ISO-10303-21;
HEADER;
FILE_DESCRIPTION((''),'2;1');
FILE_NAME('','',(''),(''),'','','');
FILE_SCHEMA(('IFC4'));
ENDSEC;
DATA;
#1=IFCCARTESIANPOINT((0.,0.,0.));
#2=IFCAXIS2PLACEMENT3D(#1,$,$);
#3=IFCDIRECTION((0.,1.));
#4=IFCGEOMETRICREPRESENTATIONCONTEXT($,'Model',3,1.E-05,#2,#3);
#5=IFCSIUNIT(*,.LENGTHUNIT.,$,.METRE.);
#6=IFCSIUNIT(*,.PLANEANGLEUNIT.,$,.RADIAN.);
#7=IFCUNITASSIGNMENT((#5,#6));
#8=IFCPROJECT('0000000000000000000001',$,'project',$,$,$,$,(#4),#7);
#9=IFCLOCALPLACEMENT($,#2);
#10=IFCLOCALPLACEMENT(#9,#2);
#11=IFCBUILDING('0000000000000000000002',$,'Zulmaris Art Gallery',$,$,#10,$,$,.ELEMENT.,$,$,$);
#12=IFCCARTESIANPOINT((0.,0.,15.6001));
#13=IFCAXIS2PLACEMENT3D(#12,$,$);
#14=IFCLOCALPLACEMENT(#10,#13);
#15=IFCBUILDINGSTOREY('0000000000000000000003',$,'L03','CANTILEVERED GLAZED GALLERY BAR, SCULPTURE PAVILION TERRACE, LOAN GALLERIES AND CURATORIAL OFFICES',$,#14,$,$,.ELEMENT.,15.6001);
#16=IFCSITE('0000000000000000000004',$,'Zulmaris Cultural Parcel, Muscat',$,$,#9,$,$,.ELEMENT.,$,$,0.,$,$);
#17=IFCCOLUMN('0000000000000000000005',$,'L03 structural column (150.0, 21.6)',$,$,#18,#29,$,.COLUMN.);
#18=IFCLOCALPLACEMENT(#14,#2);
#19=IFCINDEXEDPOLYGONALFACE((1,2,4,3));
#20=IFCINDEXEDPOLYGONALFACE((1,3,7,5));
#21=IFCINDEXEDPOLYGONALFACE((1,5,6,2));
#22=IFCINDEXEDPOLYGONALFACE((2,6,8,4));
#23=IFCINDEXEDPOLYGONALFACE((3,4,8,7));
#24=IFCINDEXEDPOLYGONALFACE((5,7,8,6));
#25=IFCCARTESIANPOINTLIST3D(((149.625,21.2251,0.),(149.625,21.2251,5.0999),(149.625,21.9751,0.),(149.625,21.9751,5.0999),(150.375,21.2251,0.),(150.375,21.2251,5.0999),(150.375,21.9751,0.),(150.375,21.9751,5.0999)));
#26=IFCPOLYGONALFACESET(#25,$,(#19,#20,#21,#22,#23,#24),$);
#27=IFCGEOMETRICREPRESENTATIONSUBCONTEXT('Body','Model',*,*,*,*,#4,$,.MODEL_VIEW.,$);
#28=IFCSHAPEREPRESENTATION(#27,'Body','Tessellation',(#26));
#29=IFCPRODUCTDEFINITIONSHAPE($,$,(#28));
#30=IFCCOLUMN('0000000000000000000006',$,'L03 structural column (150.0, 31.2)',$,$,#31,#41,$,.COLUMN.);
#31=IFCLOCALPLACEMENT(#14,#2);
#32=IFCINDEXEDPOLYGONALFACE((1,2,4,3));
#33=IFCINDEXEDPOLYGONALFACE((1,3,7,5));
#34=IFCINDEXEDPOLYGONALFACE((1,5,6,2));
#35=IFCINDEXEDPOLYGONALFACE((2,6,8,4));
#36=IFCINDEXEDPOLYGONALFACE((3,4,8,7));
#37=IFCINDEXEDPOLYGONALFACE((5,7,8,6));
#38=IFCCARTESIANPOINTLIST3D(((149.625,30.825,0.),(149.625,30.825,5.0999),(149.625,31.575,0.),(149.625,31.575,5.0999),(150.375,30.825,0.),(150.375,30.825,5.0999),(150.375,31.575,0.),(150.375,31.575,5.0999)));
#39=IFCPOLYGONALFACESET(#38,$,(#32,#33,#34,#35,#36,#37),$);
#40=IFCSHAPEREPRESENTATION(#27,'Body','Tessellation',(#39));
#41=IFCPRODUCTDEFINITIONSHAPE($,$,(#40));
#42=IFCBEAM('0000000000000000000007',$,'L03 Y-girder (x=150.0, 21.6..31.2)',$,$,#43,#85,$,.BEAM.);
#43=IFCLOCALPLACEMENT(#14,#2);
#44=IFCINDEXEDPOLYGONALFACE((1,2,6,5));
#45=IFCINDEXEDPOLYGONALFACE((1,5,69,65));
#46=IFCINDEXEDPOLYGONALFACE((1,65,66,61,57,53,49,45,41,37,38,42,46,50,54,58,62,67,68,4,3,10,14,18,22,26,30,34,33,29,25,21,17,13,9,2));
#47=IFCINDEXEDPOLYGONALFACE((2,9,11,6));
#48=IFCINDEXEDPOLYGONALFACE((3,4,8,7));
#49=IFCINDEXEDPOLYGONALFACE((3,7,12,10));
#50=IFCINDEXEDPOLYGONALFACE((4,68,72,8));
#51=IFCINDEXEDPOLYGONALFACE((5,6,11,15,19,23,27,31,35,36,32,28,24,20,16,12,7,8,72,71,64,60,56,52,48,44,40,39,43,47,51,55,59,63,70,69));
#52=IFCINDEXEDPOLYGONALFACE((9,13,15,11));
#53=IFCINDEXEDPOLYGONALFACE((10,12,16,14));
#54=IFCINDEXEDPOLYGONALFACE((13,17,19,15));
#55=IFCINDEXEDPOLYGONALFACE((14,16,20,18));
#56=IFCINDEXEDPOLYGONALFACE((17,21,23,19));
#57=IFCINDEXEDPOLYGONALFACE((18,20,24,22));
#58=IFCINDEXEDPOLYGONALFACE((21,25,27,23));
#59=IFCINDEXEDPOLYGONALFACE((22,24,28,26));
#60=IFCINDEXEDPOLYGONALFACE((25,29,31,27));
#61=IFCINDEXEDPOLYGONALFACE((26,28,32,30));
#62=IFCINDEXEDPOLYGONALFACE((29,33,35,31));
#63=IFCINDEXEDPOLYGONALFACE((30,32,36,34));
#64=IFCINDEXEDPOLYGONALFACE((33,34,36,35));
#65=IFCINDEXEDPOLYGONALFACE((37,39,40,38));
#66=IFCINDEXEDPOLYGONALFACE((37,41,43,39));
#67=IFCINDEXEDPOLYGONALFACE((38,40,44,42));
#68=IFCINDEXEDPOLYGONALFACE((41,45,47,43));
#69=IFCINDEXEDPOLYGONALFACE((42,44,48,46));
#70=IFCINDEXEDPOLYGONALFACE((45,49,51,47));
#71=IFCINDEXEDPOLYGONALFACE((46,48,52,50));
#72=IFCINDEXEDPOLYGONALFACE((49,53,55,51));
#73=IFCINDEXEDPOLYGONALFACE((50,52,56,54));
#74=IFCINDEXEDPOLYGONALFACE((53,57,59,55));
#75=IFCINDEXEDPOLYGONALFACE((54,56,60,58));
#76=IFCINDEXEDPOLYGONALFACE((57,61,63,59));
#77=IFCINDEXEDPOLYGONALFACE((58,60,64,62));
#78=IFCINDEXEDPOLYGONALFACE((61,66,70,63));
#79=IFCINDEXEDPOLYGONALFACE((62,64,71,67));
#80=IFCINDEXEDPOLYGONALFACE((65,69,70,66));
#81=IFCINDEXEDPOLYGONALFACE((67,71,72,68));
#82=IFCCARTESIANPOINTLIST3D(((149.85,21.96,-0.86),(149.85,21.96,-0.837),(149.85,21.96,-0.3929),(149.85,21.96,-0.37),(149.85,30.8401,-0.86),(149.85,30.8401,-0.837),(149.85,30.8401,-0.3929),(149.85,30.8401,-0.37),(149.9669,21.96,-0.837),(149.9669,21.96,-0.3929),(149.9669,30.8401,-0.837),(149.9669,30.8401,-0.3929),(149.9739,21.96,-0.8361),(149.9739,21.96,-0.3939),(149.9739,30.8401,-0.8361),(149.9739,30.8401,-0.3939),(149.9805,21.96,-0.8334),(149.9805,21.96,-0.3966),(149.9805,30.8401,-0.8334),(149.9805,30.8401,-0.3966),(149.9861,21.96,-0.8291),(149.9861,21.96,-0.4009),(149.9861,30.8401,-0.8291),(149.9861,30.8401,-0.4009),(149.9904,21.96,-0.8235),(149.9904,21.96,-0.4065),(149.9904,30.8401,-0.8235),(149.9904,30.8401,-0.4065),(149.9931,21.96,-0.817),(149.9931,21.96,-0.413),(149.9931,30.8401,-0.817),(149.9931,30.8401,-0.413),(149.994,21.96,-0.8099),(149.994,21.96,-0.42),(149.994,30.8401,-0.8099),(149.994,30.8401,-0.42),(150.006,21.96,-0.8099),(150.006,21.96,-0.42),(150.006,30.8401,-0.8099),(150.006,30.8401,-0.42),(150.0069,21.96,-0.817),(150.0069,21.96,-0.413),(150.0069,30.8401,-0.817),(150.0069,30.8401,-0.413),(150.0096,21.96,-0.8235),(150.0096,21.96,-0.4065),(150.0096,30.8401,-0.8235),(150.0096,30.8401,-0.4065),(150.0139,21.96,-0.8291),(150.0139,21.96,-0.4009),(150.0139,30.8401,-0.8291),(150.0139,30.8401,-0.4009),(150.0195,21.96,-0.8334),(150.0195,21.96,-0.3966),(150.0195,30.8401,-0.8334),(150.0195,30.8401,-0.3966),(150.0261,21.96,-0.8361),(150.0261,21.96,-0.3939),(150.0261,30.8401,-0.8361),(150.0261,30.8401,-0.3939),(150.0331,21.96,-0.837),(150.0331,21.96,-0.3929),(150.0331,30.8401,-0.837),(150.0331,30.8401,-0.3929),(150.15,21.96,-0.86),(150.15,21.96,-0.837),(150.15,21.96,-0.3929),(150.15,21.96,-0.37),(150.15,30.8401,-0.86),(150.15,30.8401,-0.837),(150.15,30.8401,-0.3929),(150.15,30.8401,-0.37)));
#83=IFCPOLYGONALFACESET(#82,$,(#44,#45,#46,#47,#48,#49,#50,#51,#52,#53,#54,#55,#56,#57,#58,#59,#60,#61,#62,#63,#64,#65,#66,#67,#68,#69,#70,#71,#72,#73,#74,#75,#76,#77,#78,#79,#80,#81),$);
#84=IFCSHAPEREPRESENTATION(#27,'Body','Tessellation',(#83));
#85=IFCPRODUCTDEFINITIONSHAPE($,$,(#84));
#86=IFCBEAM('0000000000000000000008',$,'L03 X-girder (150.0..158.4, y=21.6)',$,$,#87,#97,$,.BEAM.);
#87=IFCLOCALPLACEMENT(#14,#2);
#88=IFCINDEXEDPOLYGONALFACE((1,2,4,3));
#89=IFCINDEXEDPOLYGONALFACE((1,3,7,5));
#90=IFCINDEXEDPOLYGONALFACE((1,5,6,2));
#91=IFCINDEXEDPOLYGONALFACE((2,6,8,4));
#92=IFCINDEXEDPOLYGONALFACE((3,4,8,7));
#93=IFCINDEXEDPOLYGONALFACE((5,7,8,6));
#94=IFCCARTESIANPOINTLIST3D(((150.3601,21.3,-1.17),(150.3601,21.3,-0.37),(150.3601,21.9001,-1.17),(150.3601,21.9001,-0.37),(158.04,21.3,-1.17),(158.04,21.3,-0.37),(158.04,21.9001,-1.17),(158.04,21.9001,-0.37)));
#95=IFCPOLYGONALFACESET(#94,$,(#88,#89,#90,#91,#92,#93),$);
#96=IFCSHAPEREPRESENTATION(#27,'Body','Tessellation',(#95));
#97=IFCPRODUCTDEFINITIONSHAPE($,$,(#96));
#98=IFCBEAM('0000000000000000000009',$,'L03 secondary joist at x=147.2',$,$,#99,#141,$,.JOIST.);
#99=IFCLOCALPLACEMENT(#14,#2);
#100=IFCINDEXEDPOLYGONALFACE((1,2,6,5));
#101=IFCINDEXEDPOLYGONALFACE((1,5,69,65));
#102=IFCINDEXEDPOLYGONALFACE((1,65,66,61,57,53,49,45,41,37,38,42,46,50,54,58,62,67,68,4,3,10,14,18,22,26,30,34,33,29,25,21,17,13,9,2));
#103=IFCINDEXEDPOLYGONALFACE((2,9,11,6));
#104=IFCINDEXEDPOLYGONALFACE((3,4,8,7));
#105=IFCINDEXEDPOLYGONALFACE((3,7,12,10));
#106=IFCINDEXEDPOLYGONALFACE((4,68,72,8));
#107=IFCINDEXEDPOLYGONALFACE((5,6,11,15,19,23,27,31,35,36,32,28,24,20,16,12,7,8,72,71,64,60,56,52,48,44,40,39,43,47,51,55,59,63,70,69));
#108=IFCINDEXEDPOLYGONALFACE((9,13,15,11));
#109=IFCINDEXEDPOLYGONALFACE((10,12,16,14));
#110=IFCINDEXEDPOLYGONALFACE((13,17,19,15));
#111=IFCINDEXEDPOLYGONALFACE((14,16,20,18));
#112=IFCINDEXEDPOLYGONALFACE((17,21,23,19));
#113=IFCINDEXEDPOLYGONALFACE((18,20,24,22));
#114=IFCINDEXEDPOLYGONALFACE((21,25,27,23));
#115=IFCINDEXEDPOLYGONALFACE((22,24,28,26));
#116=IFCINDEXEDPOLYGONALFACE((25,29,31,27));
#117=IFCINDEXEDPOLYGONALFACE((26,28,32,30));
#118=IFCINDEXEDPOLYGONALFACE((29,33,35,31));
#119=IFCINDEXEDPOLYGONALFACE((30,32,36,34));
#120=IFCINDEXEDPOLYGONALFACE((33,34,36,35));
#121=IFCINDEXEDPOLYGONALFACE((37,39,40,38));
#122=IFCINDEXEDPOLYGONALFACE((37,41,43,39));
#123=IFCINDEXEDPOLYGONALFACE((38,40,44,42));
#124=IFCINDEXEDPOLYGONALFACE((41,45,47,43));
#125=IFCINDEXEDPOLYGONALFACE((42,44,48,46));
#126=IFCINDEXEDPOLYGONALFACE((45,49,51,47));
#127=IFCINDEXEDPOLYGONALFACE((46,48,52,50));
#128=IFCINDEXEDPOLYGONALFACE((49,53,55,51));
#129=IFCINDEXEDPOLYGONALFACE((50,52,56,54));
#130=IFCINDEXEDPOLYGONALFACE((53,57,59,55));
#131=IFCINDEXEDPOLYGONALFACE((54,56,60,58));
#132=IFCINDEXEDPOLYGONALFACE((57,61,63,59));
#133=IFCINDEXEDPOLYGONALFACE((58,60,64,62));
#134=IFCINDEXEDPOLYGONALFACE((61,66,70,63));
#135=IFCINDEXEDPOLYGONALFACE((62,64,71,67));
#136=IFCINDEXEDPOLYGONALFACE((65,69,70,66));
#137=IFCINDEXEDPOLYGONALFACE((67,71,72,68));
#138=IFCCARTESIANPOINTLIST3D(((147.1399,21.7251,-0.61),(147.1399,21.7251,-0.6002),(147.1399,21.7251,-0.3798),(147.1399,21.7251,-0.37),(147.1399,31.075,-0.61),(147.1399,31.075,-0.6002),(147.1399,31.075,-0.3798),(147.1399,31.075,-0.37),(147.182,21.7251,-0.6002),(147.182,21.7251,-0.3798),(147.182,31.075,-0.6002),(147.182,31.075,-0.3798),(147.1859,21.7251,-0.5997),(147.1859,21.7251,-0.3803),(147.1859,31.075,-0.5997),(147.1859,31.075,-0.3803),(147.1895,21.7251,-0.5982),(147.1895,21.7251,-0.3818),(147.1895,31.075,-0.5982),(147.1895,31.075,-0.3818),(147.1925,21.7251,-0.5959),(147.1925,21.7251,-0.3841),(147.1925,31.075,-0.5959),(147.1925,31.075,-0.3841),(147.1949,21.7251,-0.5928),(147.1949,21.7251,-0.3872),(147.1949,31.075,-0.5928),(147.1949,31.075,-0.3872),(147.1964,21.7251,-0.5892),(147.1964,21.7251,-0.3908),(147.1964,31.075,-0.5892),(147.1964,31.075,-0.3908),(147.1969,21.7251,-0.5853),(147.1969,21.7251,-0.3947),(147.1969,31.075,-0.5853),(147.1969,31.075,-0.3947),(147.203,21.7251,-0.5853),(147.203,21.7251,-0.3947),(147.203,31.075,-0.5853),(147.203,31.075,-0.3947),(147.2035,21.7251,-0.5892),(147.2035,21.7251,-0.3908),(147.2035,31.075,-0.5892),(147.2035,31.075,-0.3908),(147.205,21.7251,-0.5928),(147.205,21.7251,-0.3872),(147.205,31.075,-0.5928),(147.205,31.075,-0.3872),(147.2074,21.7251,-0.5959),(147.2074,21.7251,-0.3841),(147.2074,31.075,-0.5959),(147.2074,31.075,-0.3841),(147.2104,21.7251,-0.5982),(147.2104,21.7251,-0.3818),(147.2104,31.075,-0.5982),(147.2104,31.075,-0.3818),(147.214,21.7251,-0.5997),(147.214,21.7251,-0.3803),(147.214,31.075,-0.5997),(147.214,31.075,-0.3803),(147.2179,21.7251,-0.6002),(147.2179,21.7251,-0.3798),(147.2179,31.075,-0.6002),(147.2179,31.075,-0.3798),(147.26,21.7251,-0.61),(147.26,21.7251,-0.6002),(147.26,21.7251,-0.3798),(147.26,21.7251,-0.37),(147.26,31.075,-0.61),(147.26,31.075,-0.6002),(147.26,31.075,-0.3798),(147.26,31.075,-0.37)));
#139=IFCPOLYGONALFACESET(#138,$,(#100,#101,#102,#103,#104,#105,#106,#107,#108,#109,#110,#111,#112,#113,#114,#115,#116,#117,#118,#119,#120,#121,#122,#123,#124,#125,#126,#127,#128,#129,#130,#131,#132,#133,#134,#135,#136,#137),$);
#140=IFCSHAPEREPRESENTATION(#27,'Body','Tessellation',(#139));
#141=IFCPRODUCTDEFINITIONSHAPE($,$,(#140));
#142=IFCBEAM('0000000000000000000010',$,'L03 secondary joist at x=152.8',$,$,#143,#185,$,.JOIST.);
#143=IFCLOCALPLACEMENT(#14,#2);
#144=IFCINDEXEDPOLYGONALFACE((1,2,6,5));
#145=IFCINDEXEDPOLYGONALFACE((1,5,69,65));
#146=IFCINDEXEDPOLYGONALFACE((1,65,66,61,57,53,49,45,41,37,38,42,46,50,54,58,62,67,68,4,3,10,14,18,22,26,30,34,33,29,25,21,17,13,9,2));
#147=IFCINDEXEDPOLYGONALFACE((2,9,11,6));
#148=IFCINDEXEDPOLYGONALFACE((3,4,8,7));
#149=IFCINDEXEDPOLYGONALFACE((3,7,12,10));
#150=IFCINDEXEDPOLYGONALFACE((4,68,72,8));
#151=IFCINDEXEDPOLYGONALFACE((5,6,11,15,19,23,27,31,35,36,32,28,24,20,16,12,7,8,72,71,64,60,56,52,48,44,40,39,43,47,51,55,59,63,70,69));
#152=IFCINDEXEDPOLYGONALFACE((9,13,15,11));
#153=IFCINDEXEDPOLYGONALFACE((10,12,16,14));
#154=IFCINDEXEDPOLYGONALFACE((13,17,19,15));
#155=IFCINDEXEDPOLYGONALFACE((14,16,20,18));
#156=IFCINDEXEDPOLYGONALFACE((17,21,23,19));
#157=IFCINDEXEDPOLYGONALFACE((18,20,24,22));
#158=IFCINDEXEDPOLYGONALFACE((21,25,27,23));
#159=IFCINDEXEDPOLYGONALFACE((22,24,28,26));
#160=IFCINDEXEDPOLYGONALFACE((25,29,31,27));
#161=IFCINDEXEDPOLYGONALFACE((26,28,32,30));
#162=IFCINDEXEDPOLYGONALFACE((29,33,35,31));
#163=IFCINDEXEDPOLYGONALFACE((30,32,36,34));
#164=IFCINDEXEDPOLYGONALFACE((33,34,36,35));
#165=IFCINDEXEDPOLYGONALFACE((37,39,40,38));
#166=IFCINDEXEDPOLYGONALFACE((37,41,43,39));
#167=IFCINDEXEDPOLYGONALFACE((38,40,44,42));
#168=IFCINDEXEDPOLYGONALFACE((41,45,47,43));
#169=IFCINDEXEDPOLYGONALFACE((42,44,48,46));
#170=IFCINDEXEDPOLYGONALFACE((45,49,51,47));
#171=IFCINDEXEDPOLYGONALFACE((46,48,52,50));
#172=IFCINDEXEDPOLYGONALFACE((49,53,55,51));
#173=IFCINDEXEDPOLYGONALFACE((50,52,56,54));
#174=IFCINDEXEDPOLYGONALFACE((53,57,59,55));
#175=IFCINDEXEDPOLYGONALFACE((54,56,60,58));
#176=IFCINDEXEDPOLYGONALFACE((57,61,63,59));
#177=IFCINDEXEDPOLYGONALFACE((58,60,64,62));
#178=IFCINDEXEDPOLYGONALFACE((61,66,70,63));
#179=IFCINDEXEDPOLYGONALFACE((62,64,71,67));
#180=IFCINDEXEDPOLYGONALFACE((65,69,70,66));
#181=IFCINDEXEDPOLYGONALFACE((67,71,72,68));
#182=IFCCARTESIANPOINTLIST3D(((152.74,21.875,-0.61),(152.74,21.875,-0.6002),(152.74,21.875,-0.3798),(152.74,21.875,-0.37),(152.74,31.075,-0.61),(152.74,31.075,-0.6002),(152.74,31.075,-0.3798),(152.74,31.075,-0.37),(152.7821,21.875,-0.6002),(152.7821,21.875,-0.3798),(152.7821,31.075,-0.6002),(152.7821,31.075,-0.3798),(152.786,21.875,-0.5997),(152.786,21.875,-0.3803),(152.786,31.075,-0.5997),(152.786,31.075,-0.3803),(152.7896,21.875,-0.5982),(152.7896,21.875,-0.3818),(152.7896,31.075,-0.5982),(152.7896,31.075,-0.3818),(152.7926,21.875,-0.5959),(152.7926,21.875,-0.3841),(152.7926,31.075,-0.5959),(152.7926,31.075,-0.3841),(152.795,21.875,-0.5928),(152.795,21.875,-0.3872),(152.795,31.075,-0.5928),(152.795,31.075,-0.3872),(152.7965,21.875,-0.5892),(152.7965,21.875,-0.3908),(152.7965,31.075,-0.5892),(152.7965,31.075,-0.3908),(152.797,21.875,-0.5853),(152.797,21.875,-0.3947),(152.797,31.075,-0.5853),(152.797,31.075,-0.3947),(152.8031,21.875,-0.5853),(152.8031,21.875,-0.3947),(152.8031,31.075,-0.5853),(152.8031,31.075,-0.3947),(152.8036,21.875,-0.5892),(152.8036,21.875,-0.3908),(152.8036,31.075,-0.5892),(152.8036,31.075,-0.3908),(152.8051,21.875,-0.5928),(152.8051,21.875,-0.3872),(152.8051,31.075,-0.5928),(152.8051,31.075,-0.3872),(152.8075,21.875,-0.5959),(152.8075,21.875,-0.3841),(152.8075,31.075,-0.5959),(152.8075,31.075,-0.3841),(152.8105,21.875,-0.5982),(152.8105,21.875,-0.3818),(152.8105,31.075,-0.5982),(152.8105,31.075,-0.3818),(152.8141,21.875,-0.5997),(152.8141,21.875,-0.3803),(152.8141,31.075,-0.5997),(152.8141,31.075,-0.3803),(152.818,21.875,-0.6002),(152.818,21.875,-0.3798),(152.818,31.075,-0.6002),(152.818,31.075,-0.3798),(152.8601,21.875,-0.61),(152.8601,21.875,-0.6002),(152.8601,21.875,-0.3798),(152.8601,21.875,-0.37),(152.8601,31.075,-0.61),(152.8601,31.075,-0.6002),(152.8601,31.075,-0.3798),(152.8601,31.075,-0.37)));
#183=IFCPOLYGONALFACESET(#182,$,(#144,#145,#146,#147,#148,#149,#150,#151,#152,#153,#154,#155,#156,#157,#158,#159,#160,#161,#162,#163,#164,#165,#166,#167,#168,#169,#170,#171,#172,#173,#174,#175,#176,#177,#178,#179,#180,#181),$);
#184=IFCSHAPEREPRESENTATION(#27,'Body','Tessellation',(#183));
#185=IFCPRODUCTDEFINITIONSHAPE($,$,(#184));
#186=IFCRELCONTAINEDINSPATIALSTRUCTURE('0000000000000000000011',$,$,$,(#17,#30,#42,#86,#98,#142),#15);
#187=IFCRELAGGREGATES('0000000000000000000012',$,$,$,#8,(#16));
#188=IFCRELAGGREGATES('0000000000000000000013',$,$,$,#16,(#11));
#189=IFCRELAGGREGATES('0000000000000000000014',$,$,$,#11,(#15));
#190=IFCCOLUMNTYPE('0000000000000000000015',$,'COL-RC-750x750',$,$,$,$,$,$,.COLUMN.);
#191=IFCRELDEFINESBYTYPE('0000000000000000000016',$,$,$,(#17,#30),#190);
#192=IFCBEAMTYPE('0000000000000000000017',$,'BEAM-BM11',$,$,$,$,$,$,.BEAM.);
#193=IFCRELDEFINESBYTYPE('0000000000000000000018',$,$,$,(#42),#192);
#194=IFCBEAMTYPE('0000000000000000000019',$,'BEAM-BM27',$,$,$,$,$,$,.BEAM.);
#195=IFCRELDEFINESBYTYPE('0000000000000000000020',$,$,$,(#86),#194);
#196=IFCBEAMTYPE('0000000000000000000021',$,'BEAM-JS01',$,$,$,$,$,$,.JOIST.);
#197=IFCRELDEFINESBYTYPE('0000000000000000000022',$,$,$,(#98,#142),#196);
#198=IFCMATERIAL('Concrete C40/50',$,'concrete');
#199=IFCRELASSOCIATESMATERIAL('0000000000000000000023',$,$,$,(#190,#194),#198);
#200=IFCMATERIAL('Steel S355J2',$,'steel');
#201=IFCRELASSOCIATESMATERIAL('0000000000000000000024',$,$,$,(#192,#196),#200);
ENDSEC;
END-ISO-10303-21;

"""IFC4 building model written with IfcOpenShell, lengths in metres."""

from ifc_helpers import new_model, si_unit, direction, frame, origin, origin_2d, place, context, subcontext, project, spatial, rectangle, i_section, extrude, material, material_profile, profile_set, type_object, element, save


model = new_model("IFC4")

# Units and contexts
model_context = context("Model", 3, precision=1e-05, world=origin(), true_north=direction((0.0, 1.0)))
body_context = subcontext(model_context, "Body", "Model", "MODEL_VIEW")
ifc_project = project(units=[si_unit("LENGTHUNIT", "METRE"), si_unit("PLANEANGLEUNIT", "RADIAN")], contexts=[model_context])

# Site, building, storey
site_placement = place(None, origin())
site = spatial("IfcSite", under=ifc_project, at=site_placement, Name="Zulmaris Cultural Parcel, Muscat", CompositionType="ELEMENT", RefElevation=0.0)
building_placement = place(site_placement, origin())
building = spatial("IfcBuilding", under=site, at=building_placement, Name="Zulmaris Art Gallery", CompositionType="ELEMENT")
storey_placement = place(building_placement, frame((0.0, 0.0, 15.6001)))
storey = spatial("IfcBuildingStorey", under=building, at=storey_placement, Name="L03", Description="CANTILEVERED GLAZED GALLERY BAR, SCULPTURE PAVILION TERRACE, LOAN GALLERIES AND CURATORIAL OFFICES", CompositionType="ELEMENT", Elevation=15.6001)

# Columns
ifc_material_1 = material(Name="Concrete C40/50", Category="concrete")
ifc_material_profile_1 = material_profile(ifc_material_1, rectangle(XDim=0.75, YDim=0.75, at=origin_2d()), Name="RC 750x750")
ifc_profile_set_1 = profile_set([ifc_material_profile_1], Name="Concrete C40/50")
column_type = type_object("IfcColumnType", Name="COL-RC-750x750", PredefinedType="COLUMN", material=ifc_profile_set_1)
for number, where, z_axis, x_axis, name in (
    (1, (150.0, 21.6001, 0.0), (0.0, 0.0, 1.0), (1.0, 0.0, 0.0), "L03 structural column (150.0, 21.6)"),
    (2, (150.0, 31.2, 0.0), (0.0, 0.0, 1.0), (1.0, 0.0, 0.0), "L03 structural column (150.0, 31.2)"),
):
    element("IfcColumn", number, at=place(storey_placement, frame(where, z_axis=z_axis, x_axis=x_axis)), inside=storey, type_object=column_type, Name=name, PredefinedType="COLUMN", context=body_context, shape_type="SweptSolid", body=[
        extrude(rectangle(XDim=0.75, YDim=0.75, at=origin_2d()), origin(), (0.0, 0.0, 1.0), 5.0999),
    ])

# Beams
ifc_material_2 = material(Name="Steel S355J2", Category="steel")
ifc_material_profile_2 = material_profile(ifc_material_2, i_section(OverallWidth=0.3, OverallDepth=0.49, WebThickness=0.012, FlangeThickness=0.0229, FilletRadius=0.0271, at=origin_2d()), Name="HEA 500")
ifc_profile_set_2 = profile_set([ifc_material_profile_2], Name="Steel S355J2")
beam_type_1 = type_object("IfcBeamType", Name="BEAM-BM11", PredefinedType="BEAM", material=ifc_profile_set_2)
beam_1_placement = place(storey_placement, frame((150.0, 21.96, -0.615), z_axis=(0.0, 1.0, 0.0), x_axis=(-1.0, 0.0, 0.0)))
element("IfcBeam", 3, at=beam_1_placement, inside=storey, type_object=beam_type_1, Name="L03 Y-girder (x=150.0, 21.6..31.2)", PredefinedType="BEAM", context=body_context, shape_type="SweptSolid", body=[
    extrude(i_section(OverallWidth=0.3, OverallDepth=0.49, WebThickness=0.012, FlangeThickness=0.0229, FilletRadius=0.0271, at=origin_2d()), origin(), (0.0, 0.0, 1.0), 8.8801),
])
ifc_material_profile_3 = material_profile(ifc_material_1, rectangle(XDim=0.6001, YDim=0.8, at=origin_2d()), Name="RC 600x800")
ifc_profile_set_3 = profile_set([ifc_material_profile_3], Name="Concrete C40/50")
beam_type_2 = type_object("IfcBeamType", Name="BEAM-BM27", PredefinedType="BEAM", material=ifc_profile_set_3)
beam_2_placement = place(storey_placement, frame((150.3601, 21.6001, -0.77), z_axis=(1.0, 0.0, 0.0), x_axis=(0.0, 1.0, 0.0)))
element("IfcBeam", 4, at=beam_2_placement, inside=storey, type_object=beam_type_2, Name="L03 X-girder (150.0..158.4, y=21.6)", PredefinedType="BEAM", context=body_context, shape_type="SweptSolid", body=[
    extrude(rectangle(XDim=0.6001, YDim=0.8, at=origin_2d()), origin(), (0.0, 0.0, 1.0), 7.6799),
])
ifc_material_profile_4 = material_profile(ifc_material_2, i_section(OverallWidth=0.1201, OverallDepth=0.24, WebThickness=0.0061, FlangeThickness=0.0098, FilletRadius=0.0149, at=origin_2d()), Name="IPE 240")
ifc_profile_set_4 = profile_set([ifc_material_profile_4], Name="Steel S355J2")
beam_type_3 = type_object("IfcBeamType", Name="BEAM-JS01", PredefinedType="JOIST", material=ifc_profile_set_4)
beam_3_placement = place(storey_placement, frame((147.2, 21.7251, -0.49), z_axis=(0.0, 1.0, 0.0), x_axis=(-1.0, 0.0, 0.0)))
element("IfcBeam", 5, at=beam_3_placement, inside=storey, type_object=beam_type_3, Name="L03 secondary joist at x=147.2", PredefinedType="JOIST", context=body_context, shape_type="SweptSolid", body=[
    extrude(i_section(OverallWidth=0.1201, OverallDepth=0.24, WebThickness=0.0061, FlangeThickness=0.0098, FilletRadius=0.0149, at=origin_2d()), origin(), (0.0, 0.0, 1.0), 9.3499),
])
beam_4_placement = place(storey_placement, frame((152.8, 21.875, -0.49), z_axis=(0.0, 1.0, 0.0), x_axis=(-1.0, 0.0, 0.0)))
element("IfcBeam", 6, at=beam_4_placement, inside=storey, type_object=beam_type_3, Name="L03 secondary joist at x=152.8", PredefinedType="JOIST", context=body_context, shape_type="SweptSolid", body=[
    extrude(i_section(OverallWidth=0.1201, OverallDepth=0.24, WebThickness=0.0061, FlangeThickness=0.0098, FilletRadius=0.0149, at=origin_2d()), origin(), (0.0, 0.0, 1.0), 9.2),
])

save(model, "model.ifc")
